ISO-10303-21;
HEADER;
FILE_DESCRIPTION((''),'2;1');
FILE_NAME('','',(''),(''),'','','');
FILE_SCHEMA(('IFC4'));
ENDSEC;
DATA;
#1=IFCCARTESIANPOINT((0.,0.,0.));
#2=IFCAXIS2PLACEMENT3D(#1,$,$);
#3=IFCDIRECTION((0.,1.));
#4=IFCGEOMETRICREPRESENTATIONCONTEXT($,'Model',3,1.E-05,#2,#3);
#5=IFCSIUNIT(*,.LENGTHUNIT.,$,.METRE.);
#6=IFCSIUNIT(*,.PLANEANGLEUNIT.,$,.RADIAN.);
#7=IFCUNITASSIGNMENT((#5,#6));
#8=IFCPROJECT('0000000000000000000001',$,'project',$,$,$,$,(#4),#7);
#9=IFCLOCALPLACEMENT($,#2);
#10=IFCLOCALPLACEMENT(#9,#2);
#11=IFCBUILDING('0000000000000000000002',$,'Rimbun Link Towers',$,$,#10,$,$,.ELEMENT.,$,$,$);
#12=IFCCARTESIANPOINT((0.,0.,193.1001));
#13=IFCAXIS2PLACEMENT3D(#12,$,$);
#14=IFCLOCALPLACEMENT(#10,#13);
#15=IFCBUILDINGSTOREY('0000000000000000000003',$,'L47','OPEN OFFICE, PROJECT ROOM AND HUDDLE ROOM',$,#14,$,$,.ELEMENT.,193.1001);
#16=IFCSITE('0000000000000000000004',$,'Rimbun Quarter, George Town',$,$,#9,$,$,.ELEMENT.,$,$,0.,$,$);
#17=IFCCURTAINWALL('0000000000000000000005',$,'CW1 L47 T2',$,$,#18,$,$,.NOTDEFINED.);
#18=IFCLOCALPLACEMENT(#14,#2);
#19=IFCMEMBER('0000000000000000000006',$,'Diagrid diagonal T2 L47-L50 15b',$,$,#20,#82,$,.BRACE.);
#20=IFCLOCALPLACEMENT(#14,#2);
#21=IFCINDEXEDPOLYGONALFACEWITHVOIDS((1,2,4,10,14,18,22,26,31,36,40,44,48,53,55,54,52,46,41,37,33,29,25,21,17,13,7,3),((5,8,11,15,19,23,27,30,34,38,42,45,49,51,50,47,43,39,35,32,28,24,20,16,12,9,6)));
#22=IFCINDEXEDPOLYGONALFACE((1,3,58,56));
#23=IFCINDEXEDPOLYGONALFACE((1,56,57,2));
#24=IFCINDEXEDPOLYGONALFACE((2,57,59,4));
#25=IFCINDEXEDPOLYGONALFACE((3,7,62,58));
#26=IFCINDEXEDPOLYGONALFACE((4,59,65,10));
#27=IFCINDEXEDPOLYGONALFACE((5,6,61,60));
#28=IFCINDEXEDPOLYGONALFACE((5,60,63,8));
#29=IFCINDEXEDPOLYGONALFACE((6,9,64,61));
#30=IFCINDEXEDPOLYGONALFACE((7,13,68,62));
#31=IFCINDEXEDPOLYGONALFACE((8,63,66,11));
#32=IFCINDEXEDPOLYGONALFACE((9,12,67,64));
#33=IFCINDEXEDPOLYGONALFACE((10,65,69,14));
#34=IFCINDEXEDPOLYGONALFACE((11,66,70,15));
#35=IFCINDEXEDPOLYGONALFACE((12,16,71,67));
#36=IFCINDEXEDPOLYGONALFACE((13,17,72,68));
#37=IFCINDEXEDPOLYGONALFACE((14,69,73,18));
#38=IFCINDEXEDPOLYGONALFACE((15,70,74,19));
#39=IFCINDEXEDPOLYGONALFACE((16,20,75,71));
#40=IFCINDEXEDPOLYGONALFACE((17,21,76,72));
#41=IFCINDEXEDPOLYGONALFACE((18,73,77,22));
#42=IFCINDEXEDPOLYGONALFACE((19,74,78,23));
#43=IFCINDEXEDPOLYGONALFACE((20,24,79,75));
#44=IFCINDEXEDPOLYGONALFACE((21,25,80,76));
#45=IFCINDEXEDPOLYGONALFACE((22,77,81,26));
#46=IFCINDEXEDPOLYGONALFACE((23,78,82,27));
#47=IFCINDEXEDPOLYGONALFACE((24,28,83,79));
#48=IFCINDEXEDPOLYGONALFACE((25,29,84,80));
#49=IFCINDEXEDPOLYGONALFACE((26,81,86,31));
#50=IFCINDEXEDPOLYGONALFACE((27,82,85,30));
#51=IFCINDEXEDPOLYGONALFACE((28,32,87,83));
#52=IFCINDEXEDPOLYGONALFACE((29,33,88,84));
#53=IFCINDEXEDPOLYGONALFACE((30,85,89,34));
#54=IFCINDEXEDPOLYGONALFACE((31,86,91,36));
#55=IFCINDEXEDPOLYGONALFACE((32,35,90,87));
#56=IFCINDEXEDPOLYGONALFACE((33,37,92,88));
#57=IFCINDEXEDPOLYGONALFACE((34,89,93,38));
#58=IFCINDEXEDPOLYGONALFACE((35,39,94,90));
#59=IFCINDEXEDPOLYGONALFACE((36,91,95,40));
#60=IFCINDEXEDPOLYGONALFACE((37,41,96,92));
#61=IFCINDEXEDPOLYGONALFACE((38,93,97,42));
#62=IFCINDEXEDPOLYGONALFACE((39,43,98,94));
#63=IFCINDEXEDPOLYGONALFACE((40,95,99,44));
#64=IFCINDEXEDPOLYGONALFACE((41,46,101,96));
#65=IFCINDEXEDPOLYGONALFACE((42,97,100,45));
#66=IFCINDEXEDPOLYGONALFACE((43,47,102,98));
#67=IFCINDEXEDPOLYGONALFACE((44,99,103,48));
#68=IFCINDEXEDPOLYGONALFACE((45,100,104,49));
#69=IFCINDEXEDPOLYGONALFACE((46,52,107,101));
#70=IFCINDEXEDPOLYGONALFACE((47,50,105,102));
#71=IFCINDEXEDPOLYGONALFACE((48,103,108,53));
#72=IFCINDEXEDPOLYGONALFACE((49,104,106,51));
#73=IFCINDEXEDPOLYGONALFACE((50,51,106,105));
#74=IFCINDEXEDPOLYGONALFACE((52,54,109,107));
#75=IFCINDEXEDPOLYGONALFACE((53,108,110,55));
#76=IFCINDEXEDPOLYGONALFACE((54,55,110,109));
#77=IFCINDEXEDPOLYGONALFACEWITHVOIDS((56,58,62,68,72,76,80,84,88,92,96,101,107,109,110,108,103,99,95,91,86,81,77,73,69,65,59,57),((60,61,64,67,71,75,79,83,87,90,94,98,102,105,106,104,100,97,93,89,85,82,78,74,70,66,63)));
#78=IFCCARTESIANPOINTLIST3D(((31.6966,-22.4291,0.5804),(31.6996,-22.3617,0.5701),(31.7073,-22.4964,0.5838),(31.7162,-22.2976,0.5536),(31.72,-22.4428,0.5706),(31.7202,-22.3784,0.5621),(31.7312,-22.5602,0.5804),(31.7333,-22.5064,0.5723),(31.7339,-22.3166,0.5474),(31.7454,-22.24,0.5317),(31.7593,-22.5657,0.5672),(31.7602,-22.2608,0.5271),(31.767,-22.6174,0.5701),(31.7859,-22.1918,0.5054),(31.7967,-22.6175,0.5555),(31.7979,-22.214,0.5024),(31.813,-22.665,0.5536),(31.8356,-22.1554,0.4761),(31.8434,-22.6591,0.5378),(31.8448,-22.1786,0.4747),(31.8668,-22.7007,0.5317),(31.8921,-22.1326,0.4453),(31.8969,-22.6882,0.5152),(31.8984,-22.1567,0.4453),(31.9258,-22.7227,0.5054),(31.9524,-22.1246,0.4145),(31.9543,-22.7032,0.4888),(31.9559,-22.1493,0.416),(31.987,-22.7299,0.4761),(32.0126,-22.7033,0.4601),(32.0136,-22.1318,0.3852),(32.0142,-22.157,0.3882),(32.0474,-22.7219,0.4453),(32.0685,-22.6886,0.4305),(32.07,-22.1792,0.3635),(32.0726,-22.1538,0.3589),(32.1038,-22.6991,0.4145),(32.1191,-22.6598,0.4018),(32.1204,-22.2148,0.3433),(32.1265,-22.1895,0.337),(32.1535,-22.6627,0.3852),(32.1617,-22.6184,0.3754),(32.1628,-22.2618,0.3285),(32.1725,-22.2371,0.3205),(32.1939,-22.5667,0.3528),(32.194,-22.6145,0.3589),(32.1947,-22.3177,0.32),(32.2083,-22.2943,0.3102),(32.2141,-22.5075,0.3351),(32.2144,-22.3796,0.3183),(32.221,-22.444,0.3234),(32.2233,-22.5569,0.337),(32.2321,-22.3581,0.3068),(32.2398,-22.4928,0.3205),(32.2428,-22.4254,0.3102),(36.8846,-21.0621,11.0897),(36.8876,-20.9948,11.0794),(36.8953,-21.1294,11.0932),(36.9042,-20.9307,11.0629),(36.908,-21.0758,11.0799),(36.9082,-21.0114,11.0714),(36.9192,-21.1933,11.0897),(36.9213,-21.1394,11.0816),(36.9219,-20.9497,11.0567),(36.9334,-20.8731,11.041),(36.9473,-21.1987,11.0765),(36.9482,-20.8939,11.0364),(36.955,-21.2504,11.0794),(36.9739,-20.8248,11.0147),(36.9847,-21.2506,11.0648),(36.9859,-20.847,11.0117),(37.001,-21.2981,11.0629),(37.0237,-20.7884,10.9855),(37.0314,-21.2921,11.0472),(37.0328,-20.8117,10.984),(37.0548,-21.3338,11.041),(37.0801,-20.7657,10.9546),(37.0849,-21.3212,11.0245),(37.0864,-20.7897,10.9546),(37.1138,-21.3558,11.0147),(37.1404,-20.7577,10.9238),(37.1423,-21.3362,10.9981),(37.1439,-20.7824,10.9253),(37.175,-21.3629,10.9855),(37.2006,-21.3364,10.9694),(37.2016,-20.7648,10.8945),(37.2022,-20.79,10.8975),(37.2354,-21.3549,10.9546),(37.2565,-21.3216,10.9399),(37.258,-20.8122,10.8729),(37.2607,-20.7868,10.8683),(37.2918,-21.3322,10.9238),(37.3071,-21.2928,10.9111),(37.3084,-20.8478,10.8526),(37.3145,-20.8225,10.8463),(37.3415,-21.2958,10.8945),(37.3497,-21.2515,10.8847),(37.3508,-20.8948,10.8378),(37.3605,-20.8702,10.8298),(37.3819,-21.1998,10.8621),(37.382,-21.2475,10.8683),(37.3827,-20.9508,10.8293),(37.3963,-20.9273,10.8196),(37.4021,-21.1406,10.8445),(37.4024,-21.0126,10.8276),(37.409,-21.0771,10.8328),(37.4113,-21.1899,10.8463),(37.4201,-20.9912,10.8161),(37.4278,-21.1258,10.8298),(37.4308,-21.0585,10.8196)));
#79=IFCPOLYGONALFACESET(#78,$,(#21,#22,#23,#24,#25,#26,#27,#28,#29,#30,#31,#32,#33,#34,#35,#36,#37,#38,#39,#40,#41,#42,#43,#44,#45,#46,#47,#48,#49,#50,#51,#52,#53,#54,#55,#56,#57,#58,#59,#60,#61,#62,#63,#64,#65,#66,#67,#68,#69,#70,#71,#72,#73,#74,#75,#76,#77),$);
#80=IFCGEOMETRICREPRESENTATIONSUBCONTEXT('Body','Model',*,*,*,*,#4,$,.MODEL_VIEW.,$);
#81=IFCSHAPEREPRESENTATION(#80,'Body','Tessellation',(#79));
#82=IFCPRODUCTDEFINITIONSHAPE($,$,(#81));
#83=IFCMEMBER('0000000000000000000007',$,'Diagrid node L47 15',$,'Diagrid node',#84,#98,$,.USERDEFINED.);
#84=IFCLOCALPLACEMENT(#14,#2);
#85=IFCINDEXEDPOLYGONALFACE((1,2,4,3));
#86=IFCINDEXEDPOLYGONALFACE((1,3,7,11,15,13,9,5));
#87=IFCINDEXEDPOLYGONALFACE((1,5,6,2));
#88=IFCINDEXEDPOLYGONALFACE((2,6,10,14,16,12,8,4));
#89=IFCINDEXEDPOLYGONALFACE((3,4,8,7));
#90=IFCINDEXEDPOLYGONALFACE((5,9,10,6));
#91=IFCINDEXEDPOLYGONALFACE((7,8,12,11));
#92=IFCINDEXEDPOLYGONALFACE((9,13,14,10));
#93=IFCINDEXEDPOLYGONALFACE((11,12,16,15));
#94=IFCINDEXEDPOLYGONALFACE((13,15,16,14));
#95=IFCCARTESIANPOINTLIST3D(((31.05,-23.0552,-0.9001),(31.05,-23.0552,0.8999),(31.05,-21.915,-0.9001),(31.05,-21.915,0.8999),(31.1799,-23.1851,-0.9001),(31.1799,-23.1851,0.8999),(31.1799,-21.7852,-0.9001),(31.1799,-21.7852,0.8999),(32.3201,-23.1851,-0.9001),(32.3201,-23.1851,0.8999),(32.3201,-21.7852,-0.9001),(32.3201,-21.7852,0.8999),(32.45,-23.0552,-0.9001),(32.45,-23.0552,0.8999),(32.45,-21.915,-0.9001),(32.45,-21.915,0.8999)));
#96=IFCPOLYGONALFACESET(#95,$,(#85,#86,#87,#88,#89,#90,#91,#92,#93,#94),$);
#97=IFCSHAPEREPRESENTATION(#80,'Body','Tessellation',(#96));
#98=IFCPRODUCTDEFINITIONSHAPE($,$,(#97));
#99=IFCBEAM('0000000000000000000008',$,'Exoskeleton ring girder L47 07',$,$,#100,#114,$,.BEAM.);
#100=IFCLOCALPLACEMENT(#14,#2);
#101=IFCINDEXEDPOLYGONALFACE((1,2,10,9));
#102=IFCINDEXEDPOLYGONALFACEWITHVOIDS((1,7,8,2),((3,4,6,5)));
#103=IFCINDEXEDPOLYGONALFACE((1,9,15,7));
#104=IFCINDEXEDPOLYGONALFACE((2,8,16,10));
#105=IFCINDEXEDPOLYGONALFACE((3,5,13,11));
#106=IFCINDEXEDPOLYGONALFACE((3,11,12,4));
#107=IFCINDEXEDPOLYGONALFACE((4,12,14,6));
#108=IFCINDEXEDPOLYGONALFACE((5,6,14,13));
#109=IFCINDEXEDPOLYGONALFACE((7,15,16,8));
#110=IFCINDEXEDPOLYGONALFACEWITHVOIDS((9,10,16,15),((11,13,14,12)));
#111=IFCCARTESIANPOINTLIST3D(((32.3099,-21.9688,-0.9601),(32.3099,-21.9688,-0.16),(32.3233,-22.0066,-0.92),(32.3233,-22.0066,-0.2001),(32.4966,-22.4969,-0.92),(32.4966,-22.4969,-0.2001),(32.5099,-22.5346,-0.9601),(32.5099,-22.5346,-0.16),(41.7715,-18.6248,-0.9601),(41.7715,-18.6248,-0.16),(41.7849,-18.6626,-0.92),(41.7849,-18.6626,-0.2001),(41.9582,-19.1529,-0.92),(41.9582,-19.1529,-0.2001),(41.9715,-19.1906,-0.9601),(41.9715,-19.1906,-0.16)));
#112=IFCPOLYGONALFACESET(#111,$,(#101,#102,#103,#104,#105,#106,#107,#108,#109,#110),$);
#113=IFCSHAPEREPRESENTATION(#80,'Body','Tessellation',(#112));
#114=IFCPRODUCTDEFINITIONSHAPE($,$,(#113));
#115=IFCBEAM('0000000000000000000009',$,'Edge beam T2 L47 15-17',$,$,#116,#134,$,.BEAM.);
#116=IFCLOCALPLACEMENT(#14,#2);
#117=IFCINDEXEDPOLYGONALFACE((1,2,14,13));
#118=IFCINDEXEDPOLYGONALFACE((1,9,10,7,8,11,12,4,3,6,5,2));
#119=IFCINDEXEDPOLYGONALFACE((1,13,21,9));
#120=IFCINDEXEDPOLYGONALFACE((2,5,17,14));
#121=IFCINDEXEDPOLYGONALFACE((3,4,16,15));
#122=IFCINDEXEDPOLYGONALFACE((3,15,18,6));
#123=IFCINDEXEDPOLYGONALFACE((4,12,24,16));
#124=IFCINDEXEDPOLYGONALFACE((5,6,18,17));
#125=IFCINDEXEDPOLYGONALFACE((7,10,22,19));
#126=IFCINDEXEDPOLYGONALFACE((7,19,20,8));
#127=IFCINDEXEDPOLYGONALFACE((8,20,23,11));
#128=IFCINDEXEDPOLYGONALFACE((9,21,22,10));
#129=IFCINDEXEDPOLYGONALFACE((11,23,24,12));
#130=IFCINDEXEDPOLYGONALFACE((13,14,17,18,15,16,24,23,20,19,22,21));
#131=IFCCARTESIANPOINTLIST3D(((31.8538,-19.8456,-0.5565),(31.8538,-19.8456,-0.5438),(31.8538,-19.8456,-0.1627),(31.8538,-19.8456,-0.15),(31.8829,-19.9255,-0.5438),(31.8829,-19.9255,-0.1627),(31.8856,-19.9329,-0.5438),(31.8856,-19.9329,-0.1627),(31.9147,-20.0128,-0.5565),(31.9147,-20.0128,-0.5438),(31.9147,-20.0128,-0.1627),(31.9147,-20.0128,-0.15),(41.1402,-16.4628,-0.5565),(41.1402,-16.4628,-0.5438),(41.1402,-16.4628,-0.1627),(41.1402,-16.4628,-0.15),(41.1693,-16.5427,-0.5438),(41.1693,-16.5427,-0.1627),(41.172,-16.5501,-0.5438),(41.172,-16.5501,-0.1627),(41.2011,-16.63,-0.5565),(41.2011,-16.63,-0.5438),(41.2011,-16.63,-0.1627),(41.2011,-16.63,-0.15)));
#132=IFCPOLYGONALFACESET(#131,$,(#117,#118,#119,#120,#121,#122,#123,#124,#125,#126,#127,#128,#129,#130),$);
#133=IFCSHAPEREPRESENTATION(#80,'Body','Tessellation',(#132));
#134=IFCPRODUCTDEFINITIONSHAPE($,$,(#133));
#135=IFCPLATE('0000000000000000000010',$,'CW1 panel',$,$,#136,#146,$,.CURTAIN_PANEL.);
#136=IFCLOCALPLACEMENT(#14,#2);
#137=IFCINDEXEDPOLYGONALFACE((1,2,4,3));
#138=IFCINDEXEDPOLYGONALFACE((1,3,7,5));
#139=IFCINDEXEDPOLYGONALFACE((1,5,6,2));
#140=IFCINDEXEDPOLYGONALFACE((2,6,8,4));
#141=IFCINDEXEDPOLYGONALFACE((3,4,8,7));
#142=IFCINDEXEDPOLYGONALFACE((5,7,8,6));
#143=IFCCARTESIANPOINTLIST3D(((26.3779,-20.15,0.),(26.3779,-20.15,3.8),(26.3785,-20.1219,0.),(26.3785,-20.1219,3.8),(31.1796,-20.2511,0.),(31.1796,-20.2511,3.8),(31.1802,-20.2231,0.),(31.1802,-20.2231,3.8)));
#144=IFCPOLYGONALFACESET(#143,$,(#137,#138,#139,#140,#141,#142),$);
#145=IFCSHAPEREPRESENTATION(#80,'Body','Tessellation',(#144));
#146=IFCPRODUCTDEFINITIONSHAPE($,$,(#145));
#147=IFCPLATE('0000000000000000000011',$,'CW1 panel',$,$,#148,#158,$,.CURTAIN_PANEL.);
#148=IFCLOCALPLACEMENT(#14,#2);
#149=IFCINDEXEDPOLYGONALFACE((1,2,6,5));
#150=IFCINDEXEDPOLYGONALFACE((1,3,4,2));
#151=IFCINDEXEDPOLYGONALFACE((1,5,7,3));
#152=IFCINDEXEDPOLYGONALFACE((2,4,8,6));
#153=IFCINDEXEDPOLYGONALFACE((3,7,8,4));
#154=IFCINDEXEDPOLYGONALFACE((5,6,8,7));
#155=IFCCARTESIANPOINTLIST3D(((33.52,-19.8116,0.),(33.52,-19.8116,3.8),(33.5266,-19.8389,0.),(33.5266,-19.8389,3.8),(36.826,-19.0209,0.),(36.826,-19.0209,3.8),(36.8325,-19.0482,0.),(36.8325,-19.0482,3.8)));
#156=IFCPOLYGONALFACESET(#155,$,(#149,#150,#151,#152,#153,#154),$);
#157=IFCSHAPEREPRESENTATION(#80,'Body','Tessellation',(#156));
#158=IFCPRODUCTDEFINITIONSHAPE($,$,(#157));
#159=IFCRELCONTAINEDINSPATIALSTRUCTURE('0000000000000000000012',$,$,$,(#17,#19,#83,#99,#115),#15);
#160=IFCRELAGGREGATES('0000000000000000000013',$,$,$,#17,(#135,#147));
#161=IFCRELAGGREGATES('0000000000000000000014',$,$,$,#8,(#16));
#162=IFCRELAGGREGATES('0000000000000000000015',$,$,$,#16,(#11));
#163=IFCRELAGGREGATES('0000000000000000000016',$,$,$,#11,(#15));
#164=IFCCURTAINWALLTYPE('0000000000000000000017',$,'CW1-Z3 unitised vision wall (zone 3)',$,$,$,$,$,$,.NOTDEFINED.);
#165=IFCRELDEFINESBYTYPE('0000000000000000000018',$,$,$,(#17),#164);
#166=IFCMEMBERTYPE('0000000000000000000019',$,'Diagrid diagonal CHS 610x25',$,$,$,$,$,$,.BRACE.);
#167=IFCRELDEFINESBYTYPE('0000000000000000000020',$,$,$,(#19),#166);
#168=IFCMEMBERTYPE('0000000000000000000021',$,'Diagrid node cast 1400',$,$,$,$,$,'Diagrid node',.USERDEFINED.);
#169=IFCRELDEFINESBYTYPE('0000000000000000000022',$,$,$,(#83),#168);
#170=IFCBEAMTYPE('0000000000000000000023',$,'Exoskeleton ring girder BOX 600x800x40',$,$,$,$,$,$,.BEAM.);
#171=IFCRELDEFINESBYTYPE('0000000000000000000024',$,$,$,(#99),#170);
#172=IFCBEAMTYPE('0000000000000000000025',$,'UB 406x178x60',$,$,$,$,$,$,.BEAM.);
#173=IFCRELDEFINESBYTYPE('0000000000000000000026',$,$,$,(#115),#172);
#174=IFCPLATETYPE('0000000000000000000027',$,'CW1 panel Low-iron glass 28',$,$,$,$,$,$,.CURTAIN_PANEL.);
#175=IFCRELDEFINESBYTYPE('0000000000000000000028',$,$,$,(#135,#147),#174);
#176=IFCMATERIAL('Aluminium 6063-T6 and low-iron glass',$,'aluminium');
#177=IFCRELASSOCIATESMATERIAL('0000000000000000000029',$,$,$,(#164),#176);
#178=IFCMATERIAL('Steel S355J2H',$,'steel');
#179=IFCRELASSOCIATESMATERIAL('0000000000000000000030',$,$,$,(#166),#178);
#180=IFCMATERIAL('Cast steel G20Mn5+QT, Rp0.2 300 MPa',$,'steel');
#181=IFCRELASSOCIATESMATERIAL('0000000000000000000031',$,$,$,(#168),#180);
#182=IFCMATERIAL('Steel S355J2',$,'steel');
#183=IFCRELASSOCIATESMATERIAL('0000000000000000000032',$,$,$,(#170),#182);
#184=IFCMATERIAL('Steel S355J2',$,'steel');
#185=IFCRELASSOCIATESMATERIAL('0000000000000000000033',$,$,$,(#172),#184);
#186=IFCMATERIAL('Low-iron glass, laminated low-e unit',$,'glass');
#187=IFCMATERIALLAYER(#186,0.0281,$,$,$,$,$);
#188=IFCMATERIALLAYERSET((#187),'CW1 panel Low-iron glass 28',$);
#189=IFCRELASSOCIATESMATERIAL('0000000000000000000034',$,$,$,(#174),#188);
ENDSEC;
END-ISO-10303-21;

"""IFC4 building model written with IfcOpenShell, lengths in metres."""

from ifc_helpers import new_model, si_unit, direction, frame, origin, origin_2d, place, context, subcontext, project, spatial, polyline, rectangle, hollow_rectangle, hollow_circle, i_section, outline, extrude, material, layer, layer_set, material_profile, profile_set, type_object, element, aggregate, save


model = new_model("IFC4")

# Units and contexts
model_context = context("Model", 3, precision=1e-05, world=origin(), true_north=direction((0.0, 1.0)))
body_context = subcontext(model_context, "Body", "Model", "MODEL_VIEW")
ifc_project = project(units=[si_unit("LENGTHUNIT", "METRE"), si_unit("PLANEANGLEUNIT", "RADIAN")], contexts=[model_context])

# Site, building, storey
site_placement = place(None, origin())
site = spatial("IfcSite", under=ifc_project, at=site_placement, Name="Rimbun Quarter, George Town", CompositionType="ELEMENT", RefElevation=0.0)
building_placement = place(site_placement, origin())
building = spatial("IfcBuilding", under=site, at=building_placement, Name="Rimbun Link Towers", CompositionType="ELEMENT")
storey_placement = place(building_placement, frame((0.0, 0.0, 193.1001)))
storey = spatial("IfcBuildingStorey", under=building, at=storey_placement, Name="L47", Description="OPEN OFFICE, PROJECT ROOM AND HUDDLE ROOM", CompositionType="ELEMENT", Elevation=193.1001)

# Curtain wall
ifc_material_1 = material(Name="Aluminium 6063-T6 and low-iron glass", Category="aluminium")
curtain_wall_type = type_object("IfcCurtainWallType", Name="CW1-Z3 unitised vision wall (zone 3)", PredefinedType="NOTDEFINED", material=ifc_material_1)
curtain_wall_placement = place(storey_placement, origin())
curtain_wall = element("IfcCurtainWall", 1, at=curtain_wall_placement, inside=storey, type_object=curtain_wall_type, Name="CW1 L47 T2", PredefinedType="NOTDEFINED")

# Members
ifc_material_2 = material(Name="Steel S355J2H", Category="steel")
ifc_material_profile_1 = material_profile(ifc_material_2, hollow_circle(Radius=0.3047, WallThickness=0.0249, at=origin_2d()), Name="Diagrid diagonal CHS 610x25")
ifc_profile_set_1 = profile_set([ifc_material_profile_1], Name="Steel S355J2H")
member_type_1 = type_object("IfcMemberType", Name="Diagrid diagonal CHS 610x25", PredefinedType="BRACE", material=ifc_profile_set_1)
member_1_placement = place(storey_placement, frame((31.9697, -22.4272, 0.4453), z_axis=(0.439678, 0.115847, 0.890653), x_axis=(-0.254787, 0.966997, 0.0)))
element("IfcMember", 2, at=member_1_placement, inside=storey, type_object=member_type_1, Name="Diagrid diagonal T2 L47-L50 15b", PredefinedType="BRACE", context=body_context, shape_type="SweptSolid", body=[
    extrude(hollow_circle(Radius=0.3047, WallThickness=0.0249, at=origin_2d()), origin(), (0.0, 0.0, 1.0), 11.7996),
])
ifc_material_3 = material(Name="Cast steel G20Mn5+QT, Rp0.2 300 MPa", Category="steel")
ifc_material_profile_2 = material_profile(ifc_material_3, outline(polyline([(0.7, -0.5701), (0.7, 0.5701), (0.5701, 0.7), (-0.5701, 0.7), (-0.7, 0.5701), (-0.7, -0.5701), (-0.5701, -0.7), (0.5701, -0.7), (0.7, -0.5701)])), Name="NODE 1400x1400")
ifc_profile_set_2 = profile_set([ifc_material_profile_2], Name="Cast steel G20Mn5+QT, Rp0.2 300 MPa")
member_type_2 = type_object("IfcMemberType", Name="Diagrid node cast 1400", ElementType="Diagrid node", PredefinedType="USERDEFINED", material=ifc_profile_set_2)
member_2_placement = place(storey_placement, frame((31.75, -22.4851, -0.9001), z_axis=(0.0, 0.0, 1.0), x_axis=(0.0, -1.0, 0.0)))
element("IfcMember", 3, at=member_2_placement, inside=storey, type_object=member_type_2, Name="Diagrid node L47 15", ObjectType="Diagrid node", PredefinedType="USERDEFINED", context=body_context, shape_type="SweptSolid", body=[
    extrude(outline(polyline([(0.7, -0.5701), (0.7, 0.5701), (0.5701, 0.7), (-0.5701, 0.7), (-0.7, 0.5701), (-0.7, -0.5701), (-0.5701, -0.7), (0.5701, -0.7), (0.7, -0.5701)])), origin(), (0.0, 0.0, 1.0), 1.8),
])

# Beams
ifc_material_4 = material(Name="Steel S355J2", Category="steel")
ifc_material_profile_3 = material_profile(ifc_material_4, hollow_rectangle(XDim=0.6001, YDim=0.8, WallThickness=0.04, at=origin_2d()), Name="Exoskeleton ring girder BOX 600x800x40")
ifc_profile_set_3 = profile_set([ifc_material_profile_3], Name="Steel S355J2")
beam_type_1 = type_object("IfcBeamType", Name="Exoskeleton ring girder BOX 600x800x40", PredefinedType="BEAM", material=ifc_profile_set_3)
beam_1_placement = place(storey_placement, frame((32.4099, -22.2517, -0.5601), z_axis=(0.942847, 0.333226, 0.0), x_axis=(-0.333226, 0.942847, 0.0)))
element("IfcBeam", 4, at=beam_1_placement, inside=storey, type_object=beam_type_1, Name="Exoskeleton ring girder L47 07", PredefinedType="BEAM", context=body_context, shape_type="SweptSolid", body=[
    extrude(hollow_rectangle(XDim=0.6001, YDim=0.8, WallThickness=0.04, at=origin_2d()), origin(), (0.0, 0.0, 1.0), 10.0352),
])
ifc_material_5 = material(Name="Steel S355J2", Category="steel")
ifc_material_profile_4 = material_profile(ifc_material_5, i_section(OverallWidth=0.178, OverallDepth=0.4065, WebThickness=0.0078, FlangeThickness=0.0127, at=origin_2d()), Name="UB 406x178x60")
ifc_profile_set_4 = profile_set([ifc_material_profile_4], Name="Steel S355J2")
beam_type_2 = type_object("IfcBeamType", Name="UB 406x178x60", PredefinedType="BEAM", material=ifc_profile_set_4)
beam_2_placement = place(storey_placement, frame((31.8843, -19.9292, -0.3533), z_axis=(0.9396, 0.342275, 0.0), x_axis=(-0.342275, 0.9396, 0.0)))
element("IfcBeam", 5, at=beam_2_placement, inside=storey, type_object=beam_type_2, Name="Edge beam T2 L47 15-17", PredefinedType="BEAM", context=body_context, shape_type="SweptSolid", body=[
    extrude(i_section(OverallWidth=0.178, OverallDepth=0.4065, WebThickness=0.0078, FlangeThickness=0.0127, at=origin_2d()), origin(), (0.0, 0.0, 1.0), 9.8833),
])

# Plates
ifc_material_6 = material(Name="Low-iron glass, laminated low-e unit", Category="glass")
ifc_layer_1 = layer(ifc_material_6, 0.0281)
ifc_layer_set_1 = layer_set([ifc_layer_1], Name="CW1 panel Low-iron glass 28")
plate_type = type_object("IfcPlateType", Name="CW1 panel Low-iron glass 28", PredefinedType="CURTAIN_PANEL", material=ifc_layer_set_1)
plate_1_placement = place(storey_placement, frame((28.7791, -20.1865, 0.0), z_axis=(0.0, 0.0, 1.0), x_axis=(-0.999778, 0.021066, 0.0)))
plate_1 = element("IfcPlate", 6, at=plate_1_placement, type_object=plate_type, Name="CW1 panel", PredefinedType="CURTAIN_PANEL", context=body_context, shape_type="SweptSolid", body=[
    extrude(rectangle(XDim=4.8027, YDim=0.0281, at=origin_2d()), origin(), (0.0, 0.0, 1.0), 3.8),
])
plate_2_placement = place(storey_placement, frame((35.1763, -19.4299, 0.0), z_axis=(0.0, 0.0, 1.0), x_axis=(-0.972569, -0.232616, 0.0)))
plate_2 = element("IfcPlate", 7, at=plate_2_placement, type_object=plate_type, Name="CW1 panel", PredefinedType="CURTAIN_PANEL", context=body_context, shape_type="SweptSolid", body=[
    extrude(rectangle(XDim=3.3992, YDim=0.0281, at=origin_2d()), origin(), (0.0, 0.0, 1.0), 3.8),
])
aggregate(curtain_wall, [plate_1, plate_2])

save(model, "model.ifc")
